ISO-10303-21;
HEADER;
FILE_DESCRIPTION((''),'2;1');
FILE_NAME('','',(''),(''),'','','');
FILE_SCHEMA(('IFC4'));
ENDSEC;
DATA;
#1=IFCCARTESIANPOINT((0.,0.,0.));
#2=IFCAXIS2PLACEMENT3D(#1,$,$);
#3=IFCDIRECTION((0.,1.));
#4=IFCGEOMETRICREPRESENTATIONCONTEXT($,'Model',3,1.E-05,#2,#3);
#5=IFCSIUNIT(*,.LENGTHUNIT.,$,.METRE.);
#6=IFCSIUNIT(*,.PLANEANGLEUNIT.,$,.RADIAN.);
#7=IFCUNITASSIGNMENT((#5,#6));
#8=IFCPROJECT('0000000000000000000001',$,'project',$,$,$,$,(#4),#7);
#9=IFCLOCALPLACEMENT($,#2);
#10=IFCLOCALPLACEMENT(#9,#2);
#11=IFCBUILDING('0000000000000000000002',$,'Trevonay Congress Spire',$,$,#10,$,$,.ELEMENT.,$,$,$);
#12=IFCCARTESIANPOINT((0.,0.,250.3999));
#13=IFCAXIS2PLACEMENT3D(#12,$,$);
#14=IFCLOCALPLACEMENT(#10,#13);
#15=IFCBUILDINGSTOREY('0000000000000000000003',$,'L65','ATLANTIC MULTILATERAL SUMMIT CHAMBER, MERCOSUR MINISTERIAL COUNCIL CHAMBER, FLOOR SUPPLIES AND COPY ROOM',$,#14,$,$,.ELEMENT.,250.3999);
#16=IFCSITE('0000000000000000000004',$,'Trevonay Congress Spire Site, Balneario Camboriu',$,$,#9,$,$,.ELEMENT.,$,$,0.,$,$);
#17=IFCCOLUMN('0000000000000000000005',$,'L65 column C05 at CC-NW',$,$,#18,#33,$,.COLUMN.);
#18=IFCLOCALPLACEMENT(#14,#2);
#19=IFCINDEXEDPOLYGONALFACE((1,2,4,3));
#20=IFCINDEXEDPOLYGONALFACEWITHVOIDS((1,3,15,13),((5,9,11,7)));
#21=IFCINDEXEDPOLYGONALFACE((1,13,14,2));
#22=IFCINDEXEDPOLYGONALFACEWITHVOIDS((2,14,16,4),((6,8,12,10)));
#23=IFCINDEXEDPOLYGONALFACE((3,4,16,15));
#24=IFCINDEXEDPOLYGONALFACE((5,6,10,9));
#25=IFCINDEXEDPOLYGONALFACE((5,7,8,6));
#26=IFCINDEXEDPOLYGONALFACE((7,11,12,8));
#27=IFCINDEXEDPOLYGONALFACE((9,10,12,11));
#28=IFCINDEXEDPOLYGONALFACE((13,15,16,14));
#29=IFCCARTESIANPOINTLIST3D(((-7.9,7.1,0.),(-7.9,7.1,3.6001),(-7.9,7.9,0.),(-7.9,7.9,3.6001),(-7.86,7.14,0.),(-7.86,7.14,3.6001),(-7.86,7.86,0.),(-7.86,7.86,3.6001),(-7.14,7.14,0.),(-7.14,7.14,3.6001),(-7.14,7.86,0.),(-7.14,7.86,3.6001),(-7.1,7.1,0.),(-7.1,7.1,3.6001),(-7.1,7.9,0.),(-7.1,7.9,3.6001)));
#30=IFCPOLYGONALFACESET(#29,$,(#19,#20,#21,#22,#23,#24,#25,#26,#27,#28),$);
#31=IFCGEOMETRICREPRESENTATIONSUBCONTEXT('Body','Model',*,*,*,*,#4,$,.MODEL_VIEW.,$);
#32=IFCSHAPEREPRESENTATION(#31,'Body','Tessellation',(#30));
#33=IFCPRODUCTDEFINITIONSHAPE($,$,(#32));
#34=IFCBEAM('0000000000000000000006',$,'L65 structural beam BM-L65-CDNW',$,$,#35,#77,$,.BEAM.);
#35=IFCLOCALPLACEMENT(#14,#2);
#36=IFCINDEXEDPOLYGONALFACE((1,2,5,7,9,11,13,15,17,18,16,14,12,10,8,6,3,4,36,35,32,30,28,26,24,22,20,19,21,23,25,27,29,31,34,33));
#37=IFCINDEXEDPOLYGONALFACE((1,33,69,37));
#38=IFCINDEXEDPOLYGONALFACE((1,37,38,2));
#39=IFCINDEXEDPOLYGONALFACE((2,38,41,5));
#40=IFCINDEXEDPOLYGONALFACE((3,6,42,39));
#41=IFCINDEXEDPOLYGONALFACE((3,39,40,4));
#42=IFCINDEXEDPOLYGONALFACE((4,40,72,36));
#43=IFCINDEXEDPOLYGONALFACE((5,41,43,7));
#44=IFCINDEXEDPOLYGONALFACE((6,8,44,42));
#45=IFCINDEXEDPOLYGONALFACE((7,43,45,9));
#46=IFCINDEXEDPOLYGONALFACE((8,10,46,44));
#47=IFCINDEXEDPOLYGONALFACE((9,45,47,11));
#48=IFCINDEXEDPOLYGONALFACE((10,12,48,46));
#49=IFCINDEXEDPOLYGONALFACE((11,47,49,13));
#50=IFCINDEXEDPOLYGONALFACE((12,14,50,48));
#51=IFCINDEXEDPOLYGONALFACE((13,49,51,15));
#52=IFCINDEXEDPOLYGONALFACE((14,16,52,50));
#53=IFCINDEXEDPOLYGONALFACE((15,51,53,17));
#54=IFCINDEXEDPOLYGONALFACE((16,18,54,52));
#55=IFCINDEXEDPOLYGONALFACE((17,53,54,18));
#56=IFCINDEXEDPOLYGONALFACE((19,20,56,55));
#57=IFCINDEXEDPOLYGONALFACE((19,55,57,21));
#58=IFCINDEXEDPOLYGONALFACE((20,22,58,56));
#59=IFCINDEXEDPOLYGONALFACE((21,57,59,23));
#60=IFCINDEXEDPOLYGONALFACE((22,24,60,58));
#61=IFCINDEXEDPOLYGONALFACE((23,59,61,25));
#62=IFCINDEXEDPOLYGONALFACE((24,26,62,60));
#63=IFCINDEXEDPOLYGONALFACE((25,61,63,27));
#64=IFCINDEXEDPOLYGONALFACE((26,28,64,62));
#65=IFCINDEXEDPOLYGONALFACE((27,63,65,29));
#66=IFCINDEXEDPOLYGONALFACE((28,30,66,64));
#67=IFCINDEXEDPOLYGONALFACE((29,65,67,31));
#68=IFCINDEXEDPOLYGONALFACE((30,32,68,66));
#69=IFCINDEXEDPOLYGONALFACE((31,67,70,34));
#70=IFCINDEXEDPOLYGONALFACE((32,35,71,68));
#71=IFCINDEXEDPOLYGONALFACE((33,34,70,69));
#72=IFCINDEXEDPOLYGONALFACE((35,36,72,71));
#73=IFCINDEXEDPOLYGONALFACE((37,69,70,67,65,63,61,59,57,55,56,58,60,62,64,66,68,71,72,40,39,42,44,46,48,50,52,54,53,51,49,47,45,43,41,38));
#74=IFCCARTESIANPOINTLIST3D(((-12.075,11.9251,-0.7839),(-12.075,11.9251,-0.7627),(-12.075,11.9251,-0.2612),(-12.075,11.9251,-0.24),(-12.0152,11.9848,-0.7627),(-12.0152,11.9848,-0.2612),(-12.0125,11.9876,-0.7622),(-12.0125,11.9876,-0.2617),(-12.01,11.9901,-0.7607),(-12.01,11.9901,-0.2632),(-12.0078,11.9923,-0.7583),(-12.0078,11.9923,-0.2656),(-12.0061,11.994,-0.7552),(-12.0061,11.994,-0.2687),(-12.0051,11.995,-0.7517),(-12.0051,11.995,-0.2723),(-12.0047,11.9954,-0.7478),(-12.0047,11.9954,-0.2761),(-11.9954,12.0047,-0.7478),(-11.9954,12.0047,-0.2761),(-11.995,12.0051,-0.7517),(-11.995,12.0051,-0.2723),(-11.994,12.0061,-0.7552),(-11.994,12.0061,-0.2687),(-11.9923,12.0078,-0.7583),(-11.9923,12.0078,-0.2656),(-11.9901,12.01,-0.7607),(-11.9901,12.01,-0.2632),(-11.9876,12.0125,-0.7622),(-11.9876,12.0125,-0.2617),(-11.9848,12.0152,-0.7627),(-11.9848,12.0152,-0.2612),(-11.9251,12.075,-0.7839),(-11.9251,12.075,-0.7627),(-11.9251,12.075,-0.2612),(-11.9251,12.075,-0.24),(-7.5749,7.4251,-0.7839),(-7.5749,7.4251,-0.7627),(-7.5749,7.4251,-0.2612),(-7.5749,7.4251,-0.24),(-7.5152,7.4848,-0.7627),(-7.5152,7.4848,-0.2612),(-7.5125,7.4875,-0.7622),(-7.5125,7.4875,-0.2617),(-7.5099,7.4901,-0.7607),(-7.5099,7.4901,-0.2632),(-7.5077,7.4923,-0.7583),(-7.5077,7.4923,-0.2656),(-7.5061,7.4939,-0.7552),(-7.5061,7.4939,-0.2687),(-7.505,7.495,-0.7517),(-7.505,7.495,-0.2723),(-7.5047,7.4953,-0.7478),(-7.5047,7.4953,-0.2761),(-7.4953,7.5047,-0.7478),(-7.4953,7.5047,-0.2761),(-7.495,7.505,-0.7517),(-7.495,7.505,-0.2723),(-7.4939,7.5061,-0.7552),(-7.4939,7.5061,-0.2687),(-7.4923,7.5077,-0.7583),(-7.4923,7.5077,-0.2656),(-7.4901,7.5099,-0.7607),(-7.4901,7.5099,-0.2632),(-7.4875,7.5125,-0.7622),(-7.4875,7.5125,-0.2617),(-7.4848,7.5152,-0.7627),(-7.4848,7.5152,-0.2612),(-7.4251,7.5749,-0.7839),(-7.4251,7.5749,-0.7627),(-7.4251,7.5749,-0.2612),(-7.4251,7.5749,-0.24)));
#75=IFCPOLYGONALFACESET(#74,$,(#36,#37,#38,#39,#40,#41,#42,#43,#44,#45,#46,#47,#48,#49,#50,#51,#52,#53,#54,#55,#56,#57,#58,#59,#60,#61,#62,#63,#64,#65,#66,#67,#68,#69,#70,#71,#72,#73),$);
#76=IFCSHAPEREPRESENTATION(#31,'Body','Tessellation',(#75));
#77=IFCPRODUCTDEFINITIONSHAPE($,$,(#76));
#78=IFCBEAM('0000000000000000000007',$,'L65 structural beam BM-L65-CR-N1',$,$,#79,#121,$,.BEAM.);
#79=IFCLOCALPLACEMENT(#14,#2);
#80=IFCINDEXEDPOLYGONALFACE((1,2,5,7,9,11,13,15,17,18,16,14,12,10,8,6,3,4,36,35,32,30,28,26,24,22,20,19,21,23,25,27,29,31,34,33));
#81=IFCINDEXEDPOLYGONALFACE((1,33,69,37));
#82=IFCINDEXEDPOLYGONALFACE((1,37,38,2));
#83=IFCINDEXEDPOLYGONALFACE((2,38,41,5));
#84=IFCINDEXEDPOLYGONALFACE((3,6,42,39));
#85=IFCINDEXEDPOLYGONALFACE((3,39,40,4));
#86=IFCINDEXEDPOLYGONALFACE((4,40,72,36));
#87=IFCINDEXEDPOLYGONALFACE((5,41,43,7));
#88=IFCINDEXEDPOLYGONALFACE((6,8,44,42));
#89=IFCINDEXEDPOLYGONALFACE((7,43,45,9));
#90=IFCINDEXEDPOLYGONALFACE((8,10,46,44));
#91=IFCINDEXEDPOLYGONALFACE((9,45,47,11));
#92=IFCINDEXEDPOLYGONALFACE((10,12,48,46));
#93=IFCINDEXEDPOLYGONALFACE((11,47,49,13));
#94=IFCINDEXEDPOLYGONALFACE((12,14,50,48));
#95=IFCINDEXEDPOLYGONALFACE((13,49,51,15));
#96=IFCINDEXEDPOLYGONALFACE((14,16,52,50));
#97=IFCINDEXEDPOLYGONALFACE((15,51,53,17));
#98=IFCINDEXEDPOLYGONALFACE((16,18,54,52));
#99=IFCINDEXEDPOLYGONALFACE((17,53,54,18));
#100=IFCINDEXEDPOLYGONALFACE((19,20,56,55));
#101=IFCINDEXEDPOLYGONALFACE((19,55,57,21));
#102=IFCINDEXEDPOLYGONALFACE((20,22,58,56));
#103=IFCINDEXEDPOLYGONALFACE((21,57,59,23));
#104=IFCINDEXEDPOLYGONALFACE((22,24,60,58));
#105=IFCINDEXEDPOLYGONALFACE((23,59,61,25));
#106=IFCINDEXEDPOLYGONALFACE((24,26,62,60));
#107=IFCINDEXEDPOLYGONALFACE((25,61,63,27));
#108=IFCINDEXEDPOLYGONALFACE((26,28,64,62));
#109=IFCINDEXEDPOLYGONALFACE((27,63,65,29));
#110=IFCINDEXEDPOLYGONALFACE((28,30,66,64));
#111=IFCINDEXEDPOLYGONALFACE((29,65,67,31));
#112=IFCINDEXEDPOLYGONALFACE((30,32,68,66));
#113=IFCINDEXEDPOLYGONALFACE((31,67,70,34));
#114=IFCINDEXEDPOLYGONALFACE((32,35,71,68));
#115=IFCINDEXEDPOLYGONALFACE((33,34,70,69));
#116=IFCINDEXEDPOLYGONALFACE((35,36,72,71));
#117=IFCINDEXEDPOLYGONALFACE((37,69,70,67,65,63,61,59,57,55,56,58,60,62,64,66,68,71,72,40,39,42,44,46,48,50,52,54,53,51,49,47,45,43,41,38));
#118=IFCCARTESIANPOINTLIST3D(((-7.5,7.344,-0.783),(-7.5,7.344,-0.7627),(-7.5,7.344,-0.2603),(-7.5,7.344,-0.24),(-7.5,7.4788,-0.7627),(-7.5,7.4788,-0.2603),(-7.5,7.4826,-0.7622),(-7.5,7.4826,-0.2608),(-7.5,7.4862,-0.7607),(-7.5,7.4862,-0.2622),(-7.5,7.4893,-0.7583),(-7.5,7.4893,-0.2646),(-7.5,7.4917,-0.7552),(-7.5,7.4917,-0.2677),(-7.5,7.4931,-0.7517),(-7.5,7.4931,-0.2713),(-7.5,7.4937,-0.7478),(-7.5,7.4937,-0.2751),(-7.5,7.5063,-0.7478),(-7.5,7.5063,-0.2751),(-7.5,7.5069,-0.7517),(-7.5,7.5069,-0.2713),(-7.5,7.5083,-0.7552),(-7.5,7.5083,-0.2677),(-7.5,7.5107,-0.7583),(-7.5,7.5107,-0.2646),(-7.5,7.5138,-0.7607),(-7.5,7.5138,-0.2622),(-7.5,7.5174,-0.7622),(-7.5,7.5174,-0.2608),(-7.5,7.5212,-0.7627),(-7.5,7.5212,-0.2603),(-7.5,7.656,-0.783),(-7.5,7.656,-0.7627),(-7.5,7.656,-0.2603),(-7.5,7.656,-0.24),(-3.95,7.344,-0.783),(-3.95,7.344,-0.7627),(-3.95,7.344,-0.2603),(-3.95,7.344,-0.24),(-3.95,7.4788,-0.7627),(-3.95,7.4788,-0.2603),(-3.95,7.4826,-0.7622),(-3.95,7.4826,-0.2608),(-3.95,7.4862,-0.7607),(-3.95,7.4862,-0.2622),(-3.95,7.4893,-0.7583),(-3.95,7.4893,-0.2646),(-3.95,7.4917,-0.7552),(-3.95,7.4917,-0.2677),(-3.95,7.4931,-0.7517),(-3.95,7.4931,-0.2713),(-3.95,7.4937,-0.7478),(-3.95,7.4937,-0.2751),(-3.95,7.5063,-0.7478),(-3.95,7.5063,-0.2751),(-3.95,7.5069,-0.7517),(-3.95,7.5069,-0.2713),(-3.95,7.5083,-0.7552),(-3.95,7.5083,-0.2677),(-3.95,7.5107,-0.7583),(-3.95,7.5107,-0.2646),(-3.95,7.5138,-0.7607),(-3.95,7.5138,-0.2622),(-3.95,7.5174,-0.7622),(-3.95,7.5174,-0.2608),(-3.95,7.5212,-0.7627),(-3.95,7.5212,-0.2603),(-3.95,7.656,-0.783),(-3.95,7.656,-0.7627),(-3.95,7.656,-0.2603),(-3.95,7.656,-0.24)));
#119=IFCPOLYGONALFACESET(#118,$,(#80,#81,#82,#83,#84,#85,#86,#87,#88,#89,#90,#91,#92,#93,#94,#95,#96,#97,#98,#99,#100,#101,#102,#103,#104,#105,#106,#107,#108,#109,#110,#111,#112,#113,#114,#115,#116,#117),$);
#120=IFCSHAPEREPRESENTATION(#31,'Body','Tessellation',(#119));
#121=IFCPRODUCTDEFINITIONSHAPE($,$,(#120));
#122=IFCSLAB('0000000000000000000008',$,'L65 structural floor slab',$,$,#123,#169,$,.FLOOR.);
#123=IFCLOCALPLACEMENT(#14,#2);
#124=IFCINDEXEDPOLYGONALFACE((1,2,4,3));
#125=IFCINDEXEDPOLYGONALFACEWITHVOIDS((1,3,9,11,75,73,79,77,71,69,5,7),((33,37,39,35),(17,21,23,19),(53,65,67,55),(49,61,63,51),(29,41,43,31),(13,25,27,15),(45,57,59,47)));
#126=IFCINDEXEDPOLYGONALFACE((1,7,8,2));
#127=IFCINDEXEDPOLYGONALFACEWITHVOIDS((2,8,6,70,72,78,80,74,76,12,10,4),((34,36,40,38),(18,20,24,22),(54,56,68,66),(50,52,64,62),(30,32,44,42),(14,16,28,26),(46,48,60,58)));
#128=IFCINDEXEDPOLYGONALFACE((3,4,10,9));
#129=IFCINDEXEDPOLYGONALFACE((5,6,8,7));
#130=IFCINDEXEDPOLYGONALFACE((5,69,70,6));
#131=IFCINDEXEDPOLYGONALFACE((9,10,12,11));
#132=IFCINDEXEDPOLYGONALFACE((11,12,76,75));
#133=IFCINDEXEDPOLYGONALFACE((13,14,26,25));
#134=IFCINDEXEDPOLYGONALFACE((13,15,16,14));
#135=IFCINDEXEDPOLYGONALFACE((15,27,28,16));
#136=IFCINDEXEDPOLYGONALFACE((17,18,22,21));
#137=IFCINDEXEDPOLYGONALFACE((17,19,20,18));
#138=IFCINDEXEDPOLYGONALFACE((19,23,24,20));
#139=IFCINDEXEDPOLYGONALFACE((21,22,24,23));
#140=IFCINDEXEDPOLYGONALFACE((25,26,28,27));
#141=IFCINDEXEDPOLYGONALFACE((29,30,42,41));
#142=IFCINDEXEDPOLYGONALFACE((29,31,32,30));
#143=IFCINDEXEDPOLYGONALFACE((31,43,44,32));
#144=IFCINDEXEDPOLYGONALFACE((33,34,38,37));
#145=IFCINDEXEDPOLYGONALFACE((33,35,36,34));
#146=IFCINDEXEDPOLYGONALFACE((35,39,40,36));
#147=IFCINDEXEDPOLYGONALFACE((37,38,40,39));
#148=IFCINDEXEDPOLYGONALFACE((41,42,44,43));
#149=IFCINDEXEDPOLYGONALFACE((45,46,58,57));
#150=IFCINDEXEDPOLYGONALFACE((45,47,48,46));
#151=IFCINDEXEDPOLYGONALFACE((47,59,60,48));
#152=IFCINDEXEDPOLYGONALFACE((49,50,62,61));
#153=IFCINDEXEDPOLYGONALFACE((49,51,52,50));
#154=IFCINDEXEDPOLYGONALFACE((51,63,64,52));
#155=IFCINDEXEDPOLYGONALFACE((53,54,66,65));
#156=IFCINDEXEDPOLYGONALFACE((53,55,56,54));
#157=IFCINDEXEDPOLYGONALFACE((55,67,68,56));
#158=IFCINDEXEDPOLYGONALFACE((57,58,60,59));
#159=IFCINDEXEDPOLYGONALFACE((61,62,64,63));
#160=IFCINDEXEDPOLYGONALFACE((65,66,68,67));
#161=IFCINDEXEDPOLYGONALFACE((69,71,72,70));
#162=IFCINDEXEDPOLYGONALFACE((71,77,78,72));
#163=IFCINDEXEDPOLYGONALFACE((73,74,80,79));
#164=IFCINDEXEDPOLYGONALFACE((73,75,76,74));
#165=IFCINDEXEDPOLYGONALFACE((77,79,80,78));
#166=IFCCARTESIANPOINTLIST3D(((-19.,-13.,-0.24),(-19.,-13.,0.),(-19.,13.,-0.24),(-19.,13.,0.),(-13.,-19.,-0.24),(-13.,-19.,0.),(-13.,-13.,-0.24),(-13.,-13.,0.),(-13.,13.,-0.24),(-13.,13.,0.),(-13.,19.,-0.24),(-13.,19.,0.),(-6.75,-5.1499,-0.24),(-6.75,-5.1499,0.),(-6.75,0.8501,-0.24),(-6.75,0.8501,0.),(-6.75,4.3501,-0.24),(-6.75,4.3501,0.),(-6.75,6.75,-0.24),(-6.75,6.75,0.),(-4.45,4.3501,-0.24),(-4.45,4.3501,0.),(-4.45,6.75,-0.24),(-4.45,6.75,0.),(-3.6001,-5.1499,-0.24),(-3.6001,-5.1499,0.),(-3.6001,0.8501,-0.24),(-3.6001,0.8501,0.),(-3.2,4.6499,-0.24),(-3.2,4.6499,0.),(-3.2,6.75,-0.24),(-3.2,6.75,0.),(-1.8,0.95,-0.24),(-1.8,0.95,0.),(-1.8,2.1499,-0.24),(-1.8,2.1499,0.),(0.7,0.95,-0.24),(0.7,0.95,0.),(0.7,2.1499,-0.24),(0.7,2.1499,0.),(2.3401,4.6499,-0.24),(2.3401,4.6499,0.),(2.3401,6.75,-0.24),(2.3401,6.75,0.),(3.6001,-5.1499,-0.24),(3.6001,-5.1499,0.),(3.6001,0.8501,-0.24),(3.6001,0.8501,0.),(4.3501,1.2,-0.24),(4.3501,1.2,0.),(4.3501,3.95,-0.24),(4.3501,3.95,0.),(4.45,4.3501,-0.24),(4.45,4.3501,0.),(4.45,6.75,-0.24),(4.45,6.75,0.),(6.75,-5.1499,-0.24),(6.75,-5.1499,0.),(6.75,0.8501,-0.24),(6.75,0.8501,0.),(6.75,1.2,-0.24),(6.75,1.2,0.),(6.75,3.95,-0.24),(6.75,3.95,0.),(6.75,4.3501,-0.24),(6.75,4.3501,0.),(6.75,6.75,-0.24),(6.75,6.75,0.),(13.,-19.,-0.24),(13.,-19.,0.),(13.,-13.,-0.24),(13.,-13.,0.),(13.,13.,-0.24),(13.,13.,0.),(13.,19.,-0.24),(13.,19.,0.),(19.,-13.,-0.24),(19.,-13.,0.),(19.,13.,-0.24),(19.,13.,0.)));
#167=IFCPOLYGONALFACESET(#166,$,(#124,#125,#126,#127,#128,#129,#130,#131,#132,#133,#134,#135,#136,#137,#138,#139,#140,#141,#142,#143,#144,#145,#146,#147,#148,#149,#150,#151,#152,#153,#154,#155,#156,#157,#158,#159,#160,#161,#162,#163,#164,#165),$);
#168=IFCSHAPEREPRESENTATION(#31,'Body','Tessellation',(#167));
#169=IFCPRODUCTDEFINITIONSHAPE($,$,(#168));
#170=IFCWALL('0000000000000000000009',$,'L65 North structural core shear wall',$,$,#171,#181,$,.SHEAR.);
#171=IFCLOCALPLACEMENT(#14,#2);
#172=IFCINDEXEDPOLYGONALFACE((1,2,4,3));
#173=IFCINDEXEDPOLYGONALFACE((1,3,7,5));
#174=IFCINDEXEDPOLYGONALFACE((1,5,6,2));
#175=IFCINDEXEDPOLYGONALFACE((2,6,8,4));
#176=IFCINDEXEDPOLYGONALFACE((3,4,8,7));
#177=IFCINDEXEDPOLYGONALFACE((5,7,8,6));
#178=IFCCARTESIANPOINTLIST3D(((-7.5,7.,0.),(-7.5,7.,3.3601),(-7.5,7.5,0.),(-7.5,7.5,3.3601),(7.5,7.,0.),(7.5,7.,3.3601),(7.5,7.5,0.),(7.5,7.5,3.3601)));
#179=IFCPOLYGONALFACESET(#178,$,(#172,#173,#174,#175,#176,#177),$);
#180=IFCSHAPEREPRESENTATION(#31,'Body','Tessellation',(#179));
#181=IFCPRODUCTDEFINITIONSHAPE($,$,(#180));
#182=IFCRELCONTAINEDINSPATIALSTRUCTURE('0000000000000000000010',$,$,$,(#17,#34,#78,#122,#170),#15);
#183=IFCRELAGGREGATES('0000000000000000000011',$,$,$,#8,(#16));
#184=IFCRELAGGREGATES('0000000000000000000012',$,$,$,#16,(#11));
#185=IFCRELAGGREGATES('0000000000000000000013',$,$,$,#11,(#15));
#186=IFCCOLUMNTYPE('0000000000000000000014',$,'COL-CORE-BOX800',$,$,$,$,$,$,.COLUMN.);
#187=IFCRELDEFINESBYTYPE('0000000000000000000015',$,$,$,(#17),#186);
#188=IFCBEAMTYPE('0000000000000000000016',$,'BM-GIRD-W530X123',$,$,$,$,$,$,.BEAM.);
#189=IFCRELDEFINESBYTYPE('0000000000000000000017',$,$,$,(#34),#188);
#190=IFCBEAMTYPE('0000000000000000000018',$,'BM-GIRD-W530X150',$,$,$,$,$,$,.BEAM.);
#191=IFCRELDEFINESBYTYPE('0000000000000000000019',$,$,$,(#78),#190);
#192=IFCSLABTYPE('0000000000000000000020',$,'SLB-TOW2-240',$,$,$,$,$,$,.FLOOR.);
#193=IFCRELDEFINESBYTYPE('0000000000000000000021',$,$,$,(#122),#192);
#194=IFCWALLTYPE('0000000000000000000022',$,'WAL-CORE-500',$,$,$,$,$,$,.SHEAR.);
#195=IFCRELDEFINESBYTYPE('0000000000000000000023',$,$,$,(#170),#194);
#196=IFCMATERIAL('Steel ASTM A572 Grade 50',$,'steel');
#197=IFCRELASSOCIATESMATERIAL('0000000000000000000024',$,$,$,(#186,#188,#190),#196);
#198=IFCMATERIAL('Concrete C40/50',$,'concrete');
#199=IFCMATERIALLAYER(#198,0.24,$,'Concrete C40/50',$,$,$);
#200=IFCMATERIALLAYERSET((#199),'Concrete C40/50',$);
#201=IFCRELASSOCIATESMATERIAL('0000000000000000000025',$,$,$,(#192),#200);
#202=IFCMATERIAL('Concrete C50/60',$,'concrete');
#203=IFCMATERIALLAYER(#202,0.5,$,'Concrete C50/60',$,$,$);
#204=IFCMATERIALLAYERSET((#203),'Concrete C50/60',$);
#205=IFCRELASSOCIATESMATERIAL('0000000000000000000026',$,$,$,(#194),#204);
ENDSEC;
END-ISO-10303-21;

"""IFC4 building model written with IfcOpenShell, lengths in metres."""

from ifc_helpers import new_model, si_unit, direction, frame, frame_2d, origin, origin_2d, place, context, subcontext, project, spatial, polyline, rectangle, hollow_rectangle, i_section, outline, extrude, material, layer, layer_set, material_profile, profile_set, type_object, element, save


model = new_model("IFC4")

# Units and contexts
model_context = context("Model", 3, precision=1e-05, world=origin(), true_north=direction((0.0, 1.0)))
body_context = subcontext(model_context, "Body", "Model", "MODEL_VIEW")
ifc_project = project(units=[si_unit("LENGTHUNIT", "METRE"), si_unit("PLANEANGLEUNIT", "RADIAN")], contexts=[model_context])

# Site, building, storey
site_placement = place(None, origin())
site = spatial("IfcSite", under=ifc_project, at=site_placement, Name="Trevonay Congress Spire Site, Balneario Camboriu", CompositionType="ELEMENT", RefElevation=0.0)
building_placement = place(site_placement, origin())
building = spatial("IfcBuilding", under=site, at=building_placement, Name="Trevonay Congress Spire", CompositionType="ELEMENT")
storey_placement = place(building_placement, frame((0.0, 0.0, 250.3999)))
storey = spatial("IfcBuildingStorey", under=building, at=storey_placement, Name="L65", Description="ATLANTIC MULTILATERAL SUMMIT CHAMBER, MERCOSUR MINISTERIAL COUNCIL CHAMBER, FLOOR SUPPLIES AND COPY ROOM", CompositionType="ELEMENT", Elevation=250.3999)

# Column
ifc_material_1 = material(Name="Steel ASTM A572 Grade 50", Category="steel")
ifc_material_profile_1 = material_profile(ifc_material_1, hollow_rectangle(XDim=0.8, YDim=0.8, WallThickness=0.04, at=origin_2d()), Name="BOX 800x800x40")
ifc_profile_set_1 = profile_set([ifc_material_profile_1], Name="Steel ASTM A572 Grade 50")
column_type = type_object("IfcColumnType", Name="COL-CORE-BOX800", PredefinedType="COLUMN", material=ifc_profile_set_1)
column_placement = place(storey_placement, frame((-7.5, 7.5, 0.0), z_axis=(0.0, 0.0, 1.0), x_axis=(1.0, 0.0, 0.0)))
element("IfcColumn", 1, at=column_placement, inside=storey, type_object=column_type, Name="L65 column C05 at CC-NW", PredefinedType="COLUMN", context=body_context, shape_type="SweptSolid", body=[
    extrude(hollow_rectangle(XDim=0.8, YDim=0.8, WallThickness=0.04, at=origin_2d()), origin(), (0.0, 0.0, 1.0), 3.6001),
])

# Beams
ifc_material_profile_2 = material_profile(ifc_material_1, i_section(OverallWidth=0.2119, OverallDepth=0.5439, WebThickness=0.0132, FlangeThickness=0.0212, FilletRadius=0.0149, at=origin_2d()), Name="W530x123")
ifc_profile_set_2 = profile_set([ifc_material_profile_2], Name="Steel ASTM A572 Grade 50")
beam_type_1 = type_object("IfcBeamType", Name="BM-GIRD-W530X123", PredefinedType="BEAM", material=ifc_profile_set_2)
beam_1_placement = place(storey_placement, frame((-7.5, 7.5, -0.512), z_axis=(-0.707107, 0.707107, 0.0), x_axis=(-0.707107, -0.707107, 0.0)))
element("IfcBeam", 2, at=beam_1_placement, inside=storey, type_object=beam_type_1, Name="L65 structural beam BM-L65-CDNW", PredefinedType="BEAM", context=body_context, shape_type="SweptSolid", body=[
    extrude(i_section(OverallWidth=0.2119, OverallDepth=0.5439, WebThickness=0.0132, FlangeThickness=0.0212, FilletRadius=0.0149, at=origin_2d()), origin(), (0.0, 0.0, 1.0), 6.364),
])
ifc_material_profile_3 = material_profile(ifc_material_1, i_section(OverallWidth=0.312, OverallDepth=0.543, WebThickness=0.0127, FlangeThickness=0.0203, FilletRadius=0.0149, at=origin_2d()), Name="W530x150")
ifc_profile_set_3 = profile_set([ifc_material_profile_3], Name="Steel ASTM A572 Grade 50")
beam_type_2 = type_object("IfcBeamType", Name="BM-GIRD-W530X150", PredefinedType="BEAM", material=ifc_profile_set_3)
beam_2_placement = place(storey_placement, frame((-7.5, 7.5, -0.5115), z_axis=(1.0, 0.0, 0.0), x_axis=(0.0, 1.0, 0.0)))
element("IfcBeam", 3, at=beam_2_placement, inside=storey, type_object=beam_type_2, Name="L65 structural beam BM-L65-CR-N1", PredefinedType="BEAM", context=body_context, shape_type="SweptSolid", body=[
    extrude(i_section(OverallWidth=0.312, OverallDepth=0.543, WebThickness=0.0127, FlangeThickness=0.0203, FilletRadius=0.0149, at=origin_2d()), origin(), (0.0, 0.0, 1.0), 3.55),
])

# Slab
ifc_material_2 = material(Name="Concrete C40/50", Category="concrete")
ifc_layer_1 = layer(ifc_material_2, 0.24, Name="Concrete C40/50")
ifc_layer_set_1 = layer_set([ifc_layer_1], Name="Concrete C40/50")
slab_type = type_object("IfcSlabType", Name="SLB-TOW2-240", PredefinedType="FLOOR", material=ifc_layer_set_1)
slab_placement = place(storey_placement, frame((0.0, 0.0, -0.24)))
element("IfcSlab", 4, at=slab_placement, inside=storey, type_object=slab_type, Name="L65 structural floor slab", PredefinedType="FLOOR", context=body_context, shape_type="SweptSolid", body=[
    extrude(outline(polyline([(-13.0, -19.0), (13.0, -19.0), (13.0, -13.0), (19.0, -13.0), (19.0, 13.0), (13.0, 13.0), (13.0, 19.0), (-13.0, 19.0), (-13.0, 13.0), (-19.0, 13.0), (-19.0, -13.0), (-13.0, -13.0), (-13.0, -19.0)]), holes=[polyline([(-3.6001, -5.1499), (-3.6001, 0.8501), (-6.75, 0.8501), (-6.75, -5.1499), (-3.6001, -5.1499)]), polyline([(6.75, -5.1499), (6.75, 0.8501), (3.6001, 0.8501), (3.6001, -5.1499), (6.75, -5.1499)]), polyline([(-3.2, 4.6499), (2.3401, 4.6499), (2.3401, 6.75), (-3.2, 6.75), (-3.2, 4.6499)]), polyline([(-6.75, 4.3501), (-4.45, 4.3501), (-4.45, 6.75), (-6.75, 6.75), (-6.75, 4.3501)]), polyline([(4.45, 4.3501), (6.75, 4.3501), (6.75, 6.75), (4.45, 6.75), (4.45, 4.3501)]), polyline([(4.3501, 1.2), (6.75, 1.2), (6.75, 3.95), (4.3501, 3.95), (4.3501, 1.2)]), polyline([(-1.8, 0.95), (0.7, 0.95), (0.7, 2.1499), (-1.8, 2.1499), (-1.8, 0.95)])]), origin(), (0.0, 0.0, 1.0), 0.24),
])

# Wall
ifc_material_3 = material(Name="Concrete C50/60", Category="concrete")
ifc_layer_2 = layer(ifc_material_3, 0.5, Name="Concrete C50/60")
ifc_layer_set_2 = layer_set([ifc_layer_2], Name="Concrete C50/60")
wall_type_1 = type_object("IfcWallType", Name="WAL-CORE-500", PredefinedType="SHEAR", material=ifc_layer_set_2)
wall_1_placement = place(storey_placement, frame((-7.5, 7.25, 0.0), z_axis=(0.0, 0.0, 1.0), x_axis=(1.0, 0.0, 0.0)))
element("IfcWall", 5, at=wall_1_placement, inside=storey, type_object=wall_type_1, Name="L65 North structural core shear wall", PredefinedType="SHEAR", context=body_context, shape_type="SweptSolid", body=[
    extrude(rectangle(XDim=15.0, YDim=0.5, at=frame_2d((7.5, 0.0))), origin(), (0.0, 0.0, 1.0), 3.3601),
])

save(model, "model.ifc")
